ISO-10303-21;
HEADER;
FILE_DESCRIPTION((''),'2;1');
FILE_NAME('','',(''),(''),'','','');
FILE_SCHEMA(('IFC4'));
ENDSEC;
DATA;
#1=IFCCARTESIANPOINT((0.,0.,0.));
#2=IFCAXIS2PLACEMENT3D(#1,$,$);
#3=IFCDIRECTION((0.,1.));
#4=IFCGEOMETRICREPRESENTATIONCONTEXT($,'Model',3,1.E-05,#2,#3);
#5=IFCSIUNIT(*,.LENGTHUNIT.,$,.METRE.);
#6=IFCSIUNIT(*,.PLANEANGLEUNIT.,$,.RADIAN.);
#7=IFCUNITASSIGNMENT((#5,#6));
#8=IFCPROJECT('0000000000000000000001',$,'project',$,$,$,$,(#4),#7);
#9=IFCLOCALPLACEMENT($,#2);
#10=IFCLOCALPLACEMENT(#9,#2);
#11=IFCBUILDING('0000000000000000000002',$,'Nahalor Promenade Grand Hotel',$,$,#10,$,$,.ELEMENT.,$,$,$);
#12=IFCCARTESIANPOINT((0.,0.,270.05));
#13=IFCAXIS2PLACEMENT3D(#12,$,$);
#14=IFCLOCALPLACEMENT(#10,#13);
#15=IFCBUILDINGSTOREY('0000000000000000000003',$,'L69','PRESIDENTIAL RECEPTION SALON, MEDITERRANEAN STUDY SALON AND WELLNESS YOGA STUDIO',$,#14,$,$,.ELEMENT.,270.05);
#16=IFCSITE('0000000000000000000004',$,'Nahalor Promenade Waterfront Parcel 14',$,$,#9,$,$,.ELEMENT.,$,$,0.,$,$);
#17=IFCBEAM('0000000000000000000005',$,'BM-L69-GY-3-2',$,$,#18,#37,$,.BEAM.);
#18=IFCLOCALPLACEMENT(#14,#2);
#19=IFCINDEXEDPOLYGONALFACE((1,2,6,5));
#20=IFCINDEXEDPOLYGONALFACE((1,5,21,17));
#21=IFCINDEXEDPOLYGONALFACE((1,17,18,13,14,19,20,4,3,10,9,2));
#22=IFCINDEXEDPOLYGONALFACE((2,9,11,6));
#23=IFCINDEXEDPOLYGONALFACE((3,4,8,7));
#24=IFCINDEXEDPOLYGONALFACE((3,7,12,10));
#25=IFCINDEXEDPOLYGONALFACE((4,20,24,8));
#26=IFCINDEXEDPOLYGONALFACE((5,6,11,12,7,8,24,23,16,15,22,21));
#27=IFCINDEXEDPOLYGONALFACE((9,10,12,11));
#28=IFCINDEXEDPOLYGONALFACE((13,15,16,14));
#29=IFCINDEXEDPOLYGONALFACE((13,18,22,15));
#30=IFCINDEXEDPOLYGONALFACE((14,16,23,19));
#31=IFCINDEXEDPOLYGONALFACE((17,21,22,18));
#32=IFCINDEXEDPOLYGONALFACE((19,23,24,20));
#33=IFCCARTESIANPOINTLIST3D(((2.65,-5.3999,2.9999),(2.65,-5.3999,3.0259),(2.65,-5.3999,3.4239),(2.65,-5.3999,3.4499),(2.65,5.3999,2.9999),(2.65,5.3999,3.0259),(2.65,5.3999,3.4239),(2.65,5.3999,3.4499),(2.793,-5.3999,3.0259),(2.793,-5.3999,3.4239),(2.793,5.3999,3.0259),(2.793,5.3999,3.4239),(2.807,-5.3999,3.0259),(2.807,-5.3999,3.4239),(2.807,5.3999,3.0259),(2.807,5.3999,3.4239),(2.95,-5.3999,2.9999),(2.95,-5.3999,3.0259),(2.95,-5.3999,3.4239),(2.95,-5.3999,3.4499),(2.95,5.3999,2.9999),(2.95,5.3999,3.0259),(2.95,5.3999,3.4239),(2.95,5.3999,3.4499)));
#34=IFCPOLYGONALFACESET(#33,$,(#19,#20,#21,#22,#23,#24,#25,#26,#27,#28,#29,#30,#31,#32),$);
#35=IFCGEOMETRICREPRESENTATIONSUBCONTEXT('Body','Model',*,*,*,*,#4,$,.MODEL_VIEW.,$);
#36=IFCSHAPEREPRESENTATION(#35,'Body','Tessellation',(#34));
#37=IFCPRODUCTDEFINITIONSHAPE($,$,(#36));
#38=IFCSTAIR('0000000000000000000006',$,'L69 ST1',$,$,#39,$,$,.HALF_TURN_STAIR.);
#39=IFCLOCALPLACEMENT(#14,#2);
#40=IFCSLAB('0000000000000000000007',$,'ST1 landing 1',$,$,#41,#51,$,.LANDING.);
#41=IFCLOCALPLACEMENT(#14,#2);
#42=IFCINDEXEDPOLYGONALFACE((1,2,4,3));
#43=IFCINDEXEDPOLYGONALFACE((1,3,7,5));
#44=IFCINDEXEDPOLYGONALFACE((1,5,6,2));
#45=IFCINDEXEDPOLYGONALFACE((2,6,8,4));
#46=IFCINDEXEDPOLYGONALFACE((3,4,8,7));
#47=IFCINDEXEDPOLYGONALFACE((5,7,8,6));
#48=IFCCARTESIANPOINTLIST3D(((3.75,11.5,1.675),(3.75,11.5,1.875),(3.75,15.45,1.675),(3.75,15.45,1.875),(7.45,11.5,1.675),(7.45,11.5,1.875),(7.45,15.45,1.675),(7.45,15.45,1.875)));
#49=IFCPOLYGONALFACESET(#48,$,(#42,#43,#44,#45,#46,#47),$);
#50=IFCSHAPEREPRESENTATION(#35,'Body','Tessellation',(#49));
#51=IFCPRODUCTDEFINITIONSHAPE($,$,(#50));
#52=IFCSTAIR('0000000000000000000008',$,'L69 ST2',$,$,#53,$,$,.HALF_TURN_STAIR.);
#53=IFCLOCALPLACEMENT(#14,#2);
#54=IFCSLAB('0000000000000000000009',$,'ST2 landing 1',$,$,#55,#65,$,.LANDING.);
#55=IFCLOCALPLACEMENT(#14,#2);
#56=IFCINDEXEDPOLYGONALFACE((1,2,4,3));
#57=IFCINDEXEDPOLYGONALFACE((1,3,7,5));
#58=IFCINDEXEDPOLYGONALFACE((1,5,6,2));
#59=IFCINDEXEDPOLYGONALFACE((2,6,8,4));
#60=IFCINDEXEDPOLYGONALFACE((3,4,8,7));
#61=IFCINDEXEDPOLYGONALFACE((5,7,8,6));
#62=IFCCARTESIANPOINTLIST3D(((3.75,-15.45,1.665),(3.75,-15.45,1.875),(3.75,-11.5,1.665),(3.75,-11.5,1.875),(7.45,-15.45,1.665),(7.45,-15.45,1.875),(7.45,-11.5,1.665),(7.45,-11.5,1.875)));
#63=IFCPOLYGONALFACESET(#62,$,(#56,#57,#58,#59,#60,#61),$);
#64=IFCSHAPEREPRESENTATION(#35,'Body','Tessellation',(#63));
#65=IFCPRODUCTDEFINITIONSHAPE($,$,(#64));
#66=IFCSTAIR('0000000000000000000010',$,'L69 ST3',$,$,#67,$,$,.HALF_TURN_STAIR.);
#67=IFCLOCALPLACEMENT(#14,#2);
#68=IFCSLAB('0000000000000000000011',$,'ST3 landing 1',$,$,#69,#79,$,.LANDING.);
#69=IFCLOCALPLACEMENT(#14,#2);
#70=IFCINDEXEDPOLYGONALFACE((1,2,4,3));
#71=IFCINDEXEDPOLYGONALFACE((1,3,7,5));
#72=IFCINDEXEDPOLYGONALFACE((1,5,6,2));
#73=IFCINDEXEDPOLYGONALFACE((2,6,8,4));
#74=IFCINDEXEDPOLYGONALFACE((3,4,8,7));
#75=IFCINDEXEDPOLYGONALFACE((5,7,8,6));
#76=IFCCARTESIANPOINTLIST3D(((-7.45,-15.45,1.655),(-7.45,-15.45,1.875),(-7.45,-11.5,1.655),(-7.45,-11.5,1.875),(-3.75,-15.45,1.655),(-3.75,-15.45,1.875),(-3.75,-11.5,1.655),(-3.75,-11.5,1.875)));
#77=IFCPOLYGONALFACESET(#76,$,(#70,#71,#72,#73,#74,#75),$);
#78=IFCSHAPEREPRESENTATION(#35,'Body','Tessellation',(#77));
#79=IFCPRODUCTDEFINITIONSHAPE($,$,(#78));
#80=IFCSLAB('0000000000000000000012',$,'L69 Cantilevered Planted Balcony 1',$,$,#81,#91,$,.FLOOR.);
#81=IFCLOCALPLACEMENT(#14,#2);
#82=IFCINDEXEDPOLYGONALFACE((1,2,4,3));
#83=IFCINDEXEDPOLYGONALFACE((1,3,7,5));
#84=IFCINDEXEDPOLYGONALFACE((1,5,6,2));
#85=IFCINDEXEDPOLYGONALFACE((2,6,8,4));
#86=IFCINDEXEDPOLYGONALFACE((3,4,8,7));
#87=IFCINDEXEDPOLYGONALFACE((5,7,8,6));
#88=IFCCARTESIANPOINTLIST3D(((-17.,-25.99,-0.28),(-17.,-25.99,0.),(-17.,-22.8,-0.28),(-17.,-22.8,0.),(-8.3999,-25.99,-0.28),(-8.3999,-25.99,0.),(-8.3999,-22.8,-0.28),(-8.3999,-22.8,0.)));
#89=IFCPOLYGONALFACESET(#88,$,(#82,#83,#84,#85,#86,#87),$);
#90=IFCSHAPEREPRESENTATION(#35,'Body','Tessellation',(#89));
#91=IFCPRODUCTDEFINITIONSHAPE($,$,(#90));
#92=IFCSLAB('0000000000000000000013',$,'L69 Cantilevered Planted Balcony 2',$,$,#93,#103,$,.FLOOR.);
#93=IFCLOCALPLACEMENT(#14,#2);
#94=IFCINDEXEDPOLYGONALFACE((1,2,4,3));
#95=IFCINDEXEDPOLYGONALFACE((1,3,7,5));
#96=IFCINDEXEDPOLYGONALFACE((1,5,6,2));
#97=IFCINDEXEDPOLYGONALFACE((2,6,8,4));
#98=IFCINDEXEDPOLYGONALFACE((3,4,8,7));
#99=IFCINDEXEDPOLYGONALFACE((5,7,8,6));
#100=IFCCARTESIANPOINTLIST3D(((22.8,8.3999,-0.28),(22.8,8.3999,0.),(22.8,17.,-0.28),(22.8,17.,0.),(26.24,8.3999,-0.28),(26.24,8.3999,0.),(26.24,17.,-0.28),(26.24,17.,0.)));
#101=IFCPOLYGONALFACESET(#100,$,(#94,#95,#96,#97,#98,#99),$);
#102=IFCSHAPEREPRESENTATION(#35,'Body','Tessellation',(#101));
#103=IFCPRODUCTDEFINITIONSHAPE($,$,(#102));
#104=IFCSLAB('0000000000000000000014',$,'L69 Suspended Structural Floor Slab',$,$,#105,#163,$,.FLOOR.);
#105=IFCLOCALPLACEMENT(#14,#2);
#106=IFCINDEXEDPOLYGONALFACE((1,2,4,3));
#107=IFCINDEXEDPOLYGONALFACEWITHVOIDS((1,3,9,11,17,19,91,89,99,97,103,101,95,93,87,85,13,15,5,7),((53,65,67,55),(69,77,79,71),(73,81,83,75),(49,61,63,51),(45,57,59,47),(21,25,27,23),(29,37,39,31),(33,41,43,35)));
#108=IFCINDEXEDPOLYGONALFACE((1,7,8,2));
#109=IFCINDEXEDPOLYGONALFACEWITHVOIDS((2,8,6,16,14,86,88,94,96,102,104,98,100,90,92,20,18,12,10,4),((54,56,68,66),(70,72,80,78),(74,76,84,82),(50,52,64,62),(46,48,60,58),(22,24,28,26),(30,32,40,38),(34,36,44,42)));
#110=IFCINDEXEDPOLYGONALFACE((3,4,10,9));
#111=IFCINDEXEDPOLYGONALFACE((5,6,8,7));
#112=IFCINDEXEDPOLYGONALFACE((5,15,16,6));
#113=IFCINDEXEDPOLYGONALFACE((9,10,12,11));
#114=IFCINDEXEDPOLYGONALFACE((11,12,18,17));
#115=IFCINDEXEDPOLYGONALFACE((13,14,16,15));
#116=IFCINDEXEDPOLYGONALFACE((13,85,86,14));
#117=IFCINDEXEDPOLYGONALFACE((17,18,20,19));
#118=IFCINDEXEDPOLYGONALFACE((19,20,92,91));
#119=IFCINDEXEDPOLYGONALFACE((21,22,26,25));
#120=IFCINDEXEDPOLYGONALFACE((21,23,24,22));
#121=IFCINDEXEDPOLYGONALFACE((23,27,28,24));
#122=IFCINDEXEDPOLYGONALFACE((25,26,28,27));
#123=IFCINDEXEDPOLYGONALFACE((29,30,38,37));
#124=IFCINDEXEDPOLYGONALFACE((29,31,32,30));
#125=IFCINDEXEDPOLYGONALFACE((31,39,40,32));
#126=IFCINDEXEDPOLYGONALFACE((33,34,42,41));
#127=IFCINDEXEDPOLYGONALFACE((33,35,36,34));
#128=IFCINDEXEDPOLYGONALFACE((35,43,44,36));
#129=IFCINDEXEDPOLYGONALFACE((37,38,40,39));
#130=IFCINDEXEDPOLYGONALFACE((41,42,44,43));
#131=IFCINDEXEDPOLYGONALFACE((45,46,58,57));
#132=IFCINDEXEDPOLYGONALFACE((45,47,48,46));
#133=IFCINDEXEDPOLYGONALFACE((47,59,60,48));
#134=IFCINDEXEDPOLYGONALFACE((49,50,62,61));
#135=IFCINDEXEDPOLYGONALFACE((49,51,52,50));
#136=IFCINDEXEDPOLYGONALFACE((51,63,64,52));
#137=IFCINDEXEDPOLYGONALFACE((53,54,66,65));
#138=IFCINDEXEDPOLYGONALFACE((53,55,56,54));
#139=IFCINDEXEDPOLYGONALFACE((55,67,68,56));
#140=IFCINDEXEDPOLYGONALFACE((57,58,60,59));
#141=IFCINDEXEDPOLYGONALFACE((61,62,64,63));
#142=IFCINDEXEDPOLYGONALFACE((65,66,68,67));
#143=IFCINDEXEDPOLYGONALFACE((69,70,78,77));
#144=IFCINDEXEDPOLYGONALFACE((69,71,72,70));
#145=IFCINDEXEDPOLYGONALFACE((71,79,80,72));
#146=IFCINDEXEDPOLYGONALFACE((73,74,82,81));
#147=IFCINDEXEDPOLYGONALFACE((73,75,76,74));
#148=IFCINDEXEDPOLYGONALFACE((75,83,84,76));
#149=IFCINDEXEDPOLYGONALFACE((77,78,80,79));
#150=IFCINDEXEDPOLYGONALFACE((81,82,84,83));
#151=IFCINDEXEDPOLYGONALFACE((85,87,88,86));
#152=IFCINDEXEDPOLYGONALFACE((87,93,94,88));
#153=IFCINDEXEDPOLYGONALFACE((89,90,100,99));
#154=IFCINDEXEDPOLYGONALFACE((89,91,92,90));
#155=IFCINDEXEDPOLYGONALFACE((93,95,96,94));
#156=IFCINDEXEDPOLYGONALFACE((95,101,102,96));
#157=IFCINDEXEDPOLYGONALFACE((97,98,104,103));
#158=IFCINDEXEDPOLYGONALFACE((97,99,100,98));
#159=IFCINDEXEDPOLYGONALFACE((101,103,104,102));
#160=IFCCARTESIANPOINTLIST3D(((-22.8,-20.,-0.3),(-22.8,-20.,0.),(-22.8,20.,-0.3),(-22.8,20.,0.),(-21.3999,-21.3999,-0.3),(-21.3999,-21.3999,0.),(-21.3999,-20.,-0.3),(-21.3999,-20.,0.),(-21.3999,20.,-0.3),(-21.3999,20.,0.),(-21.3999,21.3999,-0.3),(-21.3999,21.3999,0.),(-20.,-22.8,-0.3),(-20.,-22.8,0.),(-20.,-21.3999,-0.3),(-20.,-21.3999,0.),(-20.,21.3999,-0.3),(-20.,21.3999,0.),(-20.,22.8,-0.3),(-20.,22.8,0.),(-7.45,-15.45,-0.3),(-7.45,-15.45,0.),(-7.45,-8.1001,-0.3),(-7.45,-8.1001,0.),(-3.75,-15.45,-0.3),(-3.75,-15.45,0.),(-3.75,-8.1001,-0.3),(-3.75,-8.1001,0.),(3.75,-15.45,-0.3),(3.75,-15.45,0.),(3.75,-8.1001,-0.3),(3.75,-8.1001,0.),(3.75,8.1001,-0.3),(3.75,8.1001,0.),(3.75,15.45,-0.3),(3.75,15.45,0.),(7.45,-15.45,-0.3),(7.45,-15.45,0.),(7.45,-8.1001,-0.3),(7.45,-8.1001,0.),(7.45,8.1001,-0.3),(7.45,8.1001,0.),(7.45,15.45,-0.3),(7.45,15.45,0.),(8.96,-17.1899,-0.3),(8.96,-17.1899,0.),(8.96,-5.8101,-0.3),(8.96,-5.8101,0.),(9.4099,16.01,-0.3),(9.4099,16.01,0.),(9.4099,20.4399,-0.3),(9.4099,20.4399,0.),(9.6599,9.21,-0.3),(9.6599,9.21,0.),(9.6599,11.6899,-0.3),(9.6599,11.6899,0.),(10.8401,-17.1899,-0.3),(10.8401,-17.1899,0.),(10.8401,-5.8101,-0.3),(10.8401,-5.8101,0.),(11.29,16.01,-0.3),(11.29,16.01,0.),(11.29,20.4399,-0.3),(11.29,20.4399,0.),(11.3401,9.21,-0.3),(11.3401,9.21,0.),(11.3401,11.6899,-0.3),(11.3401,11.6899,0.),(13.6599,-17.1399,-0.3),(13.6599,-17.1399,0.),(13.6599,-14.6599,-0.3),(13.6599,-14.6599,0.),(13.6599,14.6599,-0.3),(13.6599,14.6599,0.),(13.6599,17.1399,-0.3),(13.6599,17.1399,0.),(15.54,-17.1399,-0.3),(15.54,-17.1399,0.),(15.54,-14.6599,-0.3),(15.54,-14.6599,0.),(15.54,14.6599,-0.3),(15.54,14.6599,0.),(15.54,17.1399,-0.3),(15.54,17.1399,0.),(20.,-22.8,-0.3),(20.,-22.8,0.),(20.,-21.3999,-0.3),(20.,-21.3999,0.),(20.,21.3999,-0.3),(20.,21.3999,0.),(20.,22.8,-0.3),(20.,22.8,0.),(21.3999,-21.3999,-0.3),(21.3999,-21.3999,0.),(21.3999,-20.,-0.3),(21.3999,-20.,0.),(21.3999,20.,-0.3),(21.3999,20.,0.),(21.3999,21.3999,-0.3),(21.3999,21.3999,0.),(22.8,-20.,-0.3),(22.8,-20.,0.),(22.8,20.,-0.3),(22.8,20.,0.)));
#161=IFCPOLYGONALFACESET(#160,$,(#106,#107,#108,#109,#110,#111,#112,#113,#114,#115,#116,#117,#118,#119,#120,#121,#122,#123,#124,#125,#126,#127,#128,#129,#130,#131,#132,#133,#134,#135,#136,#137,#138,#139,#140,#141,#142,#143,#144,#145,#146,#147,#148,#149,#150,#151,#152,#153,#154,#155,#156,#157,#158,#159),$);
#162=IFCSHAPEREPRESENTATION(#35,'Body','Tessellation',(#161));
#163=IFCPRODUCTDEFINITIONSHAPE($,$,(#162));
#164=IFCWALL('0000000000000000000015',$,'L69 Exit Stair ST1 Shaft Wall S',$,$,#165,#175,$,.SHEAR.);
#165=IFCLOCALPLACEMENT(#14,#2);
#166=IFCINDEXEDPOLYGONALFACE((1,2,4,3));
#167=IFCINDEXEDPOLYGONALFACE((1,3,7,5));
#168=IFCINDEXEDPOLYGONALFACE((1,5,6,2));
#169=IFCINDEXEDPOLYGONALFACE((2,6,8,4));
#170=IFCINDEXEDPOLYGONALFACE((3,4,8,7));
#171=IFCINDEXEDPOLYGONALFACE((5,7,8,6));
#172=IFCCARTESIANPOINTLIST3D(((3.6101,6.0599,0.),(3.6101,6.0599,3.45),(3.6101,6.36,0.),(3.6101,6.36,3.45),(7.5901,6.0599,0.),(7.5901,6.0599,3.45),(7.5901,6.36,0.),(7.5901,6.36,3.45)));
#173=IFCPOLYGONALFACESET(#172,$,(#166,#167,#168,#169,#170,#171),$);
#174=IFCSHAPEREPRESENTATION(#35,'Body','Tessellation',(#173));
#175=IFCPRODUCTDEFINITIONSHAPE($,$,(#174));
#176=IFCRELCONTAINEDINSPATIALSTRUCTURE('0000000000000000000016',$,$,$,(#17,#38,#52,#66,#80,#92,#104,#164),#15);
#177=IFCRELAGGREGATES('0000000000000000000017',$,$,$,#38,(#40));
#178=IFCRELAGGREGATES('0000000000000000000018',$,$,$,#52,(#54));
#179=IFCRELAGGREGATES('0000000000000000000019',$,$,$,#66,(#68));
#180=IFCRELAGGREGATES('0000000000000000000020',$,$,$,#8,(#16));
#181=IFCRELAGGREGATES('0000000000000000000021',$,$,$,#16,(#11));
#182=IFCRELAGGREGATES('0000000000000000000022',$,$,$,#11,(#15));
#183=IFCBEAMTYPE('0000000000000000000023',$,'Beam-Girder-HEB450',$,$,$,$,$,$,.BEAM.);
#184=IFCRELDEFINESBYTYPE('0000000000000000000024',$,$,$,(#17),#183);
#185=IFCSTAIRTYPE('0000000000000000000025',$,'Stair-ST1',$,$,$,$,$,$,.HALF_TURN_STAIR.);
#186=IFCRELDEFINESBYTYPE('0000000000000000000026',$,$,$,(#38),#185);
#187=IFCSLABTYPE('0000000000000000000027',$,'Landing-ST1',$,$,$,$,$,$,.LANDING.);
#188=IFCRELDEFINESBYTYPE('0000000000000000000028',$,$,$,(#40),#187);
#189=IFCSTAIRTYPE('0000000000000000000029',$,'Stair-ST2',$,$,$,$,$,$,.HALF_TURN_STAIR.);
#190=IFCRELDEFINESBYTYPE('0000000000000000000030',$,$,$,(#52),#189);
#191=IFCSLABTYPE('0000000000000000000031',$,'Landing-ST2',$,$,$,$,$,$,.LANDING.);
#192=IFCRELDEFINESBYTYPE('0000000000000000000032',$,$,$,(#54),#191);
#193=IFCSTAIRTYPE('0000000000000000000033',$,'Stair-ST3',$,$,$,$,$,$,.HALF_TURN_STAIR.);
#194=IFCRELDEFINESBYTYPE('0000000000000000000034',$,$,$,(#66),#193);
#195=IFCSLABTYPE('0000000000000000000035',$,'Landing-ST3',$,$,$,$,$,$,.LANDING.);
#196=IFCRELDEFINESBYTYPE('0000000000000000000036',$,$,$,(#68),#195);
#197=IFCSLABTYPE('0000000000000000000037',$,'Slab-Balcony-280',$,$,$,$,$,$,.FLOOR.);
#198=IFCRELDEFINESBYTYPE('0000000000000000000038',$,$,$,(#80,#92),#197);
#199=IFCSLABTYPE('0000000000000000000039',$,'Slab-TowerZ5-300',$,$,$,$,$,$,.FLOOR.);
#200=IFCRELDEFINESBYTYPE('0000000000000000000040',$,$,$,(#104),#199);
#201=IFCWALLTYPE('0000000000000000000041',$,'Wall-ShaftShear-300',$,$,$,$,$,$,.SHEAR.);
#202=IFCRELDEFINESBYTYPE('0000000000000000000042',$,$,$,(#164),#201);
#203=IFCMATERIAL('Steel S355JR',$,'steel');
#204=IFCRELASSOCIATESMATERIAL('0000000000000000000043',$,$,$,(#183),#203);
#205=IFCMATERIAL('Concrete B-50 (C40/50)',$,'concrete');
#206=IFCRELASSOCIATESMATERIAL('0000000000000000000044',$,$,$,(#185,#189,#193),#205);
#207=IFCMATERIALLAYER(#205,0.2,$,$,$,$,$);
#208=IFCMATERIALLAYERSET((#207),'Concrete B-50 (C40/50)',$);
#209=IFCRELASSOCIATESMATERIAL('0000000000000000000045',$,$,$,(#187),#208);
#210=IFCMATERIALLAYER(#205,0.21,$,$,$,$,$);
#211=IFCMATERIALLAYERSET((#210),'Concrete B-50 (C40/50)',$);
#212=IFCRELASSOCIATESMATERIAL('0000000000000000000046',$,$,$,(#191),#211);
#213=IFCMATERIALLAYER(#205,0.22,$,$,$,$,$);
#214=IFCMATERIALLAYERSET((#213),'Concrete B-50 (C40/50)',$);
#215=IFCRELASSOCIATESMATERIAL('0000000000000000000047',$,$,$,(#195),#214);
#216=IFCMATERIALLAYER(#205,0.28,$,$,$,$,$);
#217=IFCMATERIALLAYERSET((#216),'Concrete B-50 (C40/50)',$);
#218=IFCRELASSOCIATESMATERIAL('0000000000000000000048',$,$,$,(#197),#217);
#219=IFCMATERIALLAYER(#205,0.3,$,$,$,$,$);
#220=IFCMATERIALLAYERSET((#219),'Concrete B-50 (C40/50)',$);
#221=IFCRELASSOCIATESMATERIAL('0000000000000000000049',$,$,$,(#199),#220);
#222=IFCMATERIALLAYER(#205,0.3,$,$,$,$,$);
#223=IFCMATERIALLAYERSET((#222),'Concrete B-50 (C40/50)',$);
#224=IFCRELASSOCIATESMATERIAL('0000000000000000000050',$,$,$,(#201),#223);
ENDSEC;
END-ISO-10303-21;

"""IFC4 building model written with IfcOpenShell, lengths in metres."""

from ifc_helpers import new_model, si_unit, direction, frame, frame_2d, origin, origin_2d, place, context, subcontext, project, spatial, polyline, rectangle, i_section, outline, extrude, source, transform, mapped, material, layer, layer_set, material_profile, profile_set, type_object, element, aggregate, save


model = new_model("IFC4")

# Units and contexts
model_context = context("Model", 3, precision=1e-05, world=origin(), true_north=direction((0.0, 1.0)))
body_context = subcontext(model_context, "Body", "Model", "MODEL_VIEW")
ifc_project = project(units=[si_unit("LENGTHUNIT", "METRE"), si_unit("PLANEANGLEUNIT", "RADIAN")], contexts=[model_context])

# Site, building, storey
site_placement = place(None, origin())
site = spatial("IfcSite", under=ifc_project, at=site_placement, Name="Nahalor Promenade Waterfront Parcel 14", CompositionType="ELEMENT", RefElevation=0.0)
building_placement = place(site_placement, origin())
building = spatial("IfcBuilding", under=site, at=building_placement, Name="Nahalor Promenade Grand Hotel", CompositionType="ELEMENT")
storey_placement = place(building_placement, frame((0.0, 0.0, 270.05)))
storey = spatial("IfcBuildingStorey", under=building, at=storey_placement, Name="L69", Description="PRESIDENTIAL RECEPTION SALON, MEDITERRANEAN STUDY SALON AND WELLNESS YOGA STUDIO", CompositionType="ELEMENT", Elevation=270.05)

# Shared definitions
ifc_material_1 = material(Name="Concrete B-50 (C40/50)", Category="concrete")

# Beam
ifc_material_2 = material(Name="Steel S355JR", Category="steel")
ifc_material_profile_1 = material_profile(ifc_material_2, i_section(OverallWidth=0.3, OverallDepth=0.45, WebThickness=0.014, FlangeThickness=0.026, at=origin_2d()), Name="HEB 450")
ifc_profile_set_1 = profile_set([ifc_material_profile_1], Name="Steel S355JR")
beam_type = type_object("IfcBeamType", Name="Beam-Girder-HEB450", PredefinedType="BEAM", material=ifc_profile_set_1)
shared_shape_1 = source(origin(), body_context, "Body", "SweptSolid", [
    extrude(i_section(OverallWidth=0.3, OverallDepth=0.45, WebThickness=0.014, FlangeThickness=0.026, at=origin_2d()), origin(), (0.0, 0.0, 1.0), 10.7998),
])
for number, where, z_axis, x_axis, name in (
    (1, (2.8, -5.3999, 3.2249), (0.0, 1.0, 0.0), (-1.0, 0.0, 0.0), "BM-L69-GY-3-2"),
):
    element("IfcBeam", number, at=place(storey_placement, frame(where, z_axis=z_axis, x_axis=x_axis)), inside=storey, type_object=beam_type, Name=name, PredefinedType="BEAM", context=body_context, shape_type="MappedRepresentation", body=[
        mapped(shared_shape_1, transform((0.0, 0.0, 0.0), scale=1.0)),
    ])

# Stairs, slabs
stair_type_1 = type_object("IfcStairType", Name="Stair-ST1", PredefinedType="HALF_TURN_STAIR", material=ifc_material_1)
stair_1_placement = place(storey_placement, origin())
stair_1 = element("IfcStair", 2, at=stair_1_placement, inside=storey, type_object=stair_type_1, Name="L69 ST1", PredefinedType="HALF_TURN_STAIR")
ifc_layer_1 = layer(ifc_material_1, 0.2)
ifc_layer_set_1 = layer_set([ifc_layer_1], Name="Concrete B-50 (C40/50)")
slab_type_1 = type_object("IfcSlabType", Name="Landing-ST1", PredefinedType="LANDING", material=ifc_layer_set_1)
slab_1_placement = place(storey_placement, frame((0.0, 0.0, 1.675)))
slab_1 = element("IfcSlab", 3, at=slab_1_placement, type_object=slab_type_1, Name="ST1 landing 1", PredefinedType="LANDING", context=body_context, shape_type="SweptSolid", body=[
    extrude(outline(polyline([(7.45, 11.5), (7.45, 15.45), (3.75, 15.45), (3.75, 11.5), (7.45, 11.5)])), origin(), (0.0, 0.0, 1.0), 0.2),
])
aggregate(stair_1, [slab_1])
stair_type_2 = type_object("IfcStairType", Name="Stair-ST2", PredefinedType="HALF_TURN_STAIR", material=ifc_material_1)
stair_2_placement = place(storey_placement, origin())
stair_2 = element("IfcStair", 4, at=stair_2_placement, inside=storey, type_object=stair_type_2, Name="L69 ST2", PredefinedType="HALF_TURN_STAIR")
ifc_layer_2 = layer(ifc_material_1, 0.21)
ifc_layer_set_2 = layer_set([ifc_layer_2], Name="Concrete B-50 (C40/50)")
slab_type_2 = type_object("IfcSlabType", Name="Landing-ST2", PredefinedType="LANDING", material=ifc_layer_set_2)
slab_2_placement = place(storey_placement, frame((0.0, 0.0, 1.665)))
slab_2 = element("IfcSlab", 5, at=slab_2_placement, type_object=slab_type_2, Name="ST2 landing 1", PredefinedType="LANDING", context=body_context, shape_type="SweptSolid", body=[
    extrude(outline(polyline([(3.75, -11.5), (3.75, -15.45), (7.45, -15.45), (7.45, -11.5), (3.75, -11.5)])), origin(), (0.0, 0.0, 1.0), 0.21),
])
aggregate(stair_2, [slab_2])
stair_type_3 = type_object("IfcStairType", Name="Stair-ST3", PredefinedType="HALF_TURN_STAIR", material=ifc_material_1)
stair_3_placement = place(storey_placement, origin())
stair_3 = element("IfcStair", 6, at=stair_3_placement, inside=storey, type_object=stair_type_3, Name="L69 ST3", PredefinedType="HALF_TURN_STAIR")
ifc_layer_3 = layer(ifc_material_1, 0.22)
ifc_layer_set_3 = layer_set([ifc_layer_3], Name="Concrete B-50 (C40/50)")
slab_type_3 = type_object("IfcSlabType", Name="Landing-ST3", PredefinedType="LANDING", material=ifc_layer_set_3)
slab_3_placement = place(storey_placement, frame((0.0, 0.0, 1.655)))
slab_3 = element("IfcSlab", 7, at=slab_3_placement, type_object=slab_type_3, Name="ST3 landing 1", PredefinedType="LANDING", context=body_context, shape_type="SweptSolid", body=[
    extrude(outline(polyline([(-7.45, -11.5), (-7.45, -15.45), (-3.75, -15.45), (-3.75, -11.5), (-7.45, -11.5)])), origin(), (0.0, 0.0, 1.0), 0.22),
])
aggregate(stair_3, [slab_3])

# Slabs
ifc_layer_4 = layer(ifc_material_1, 0.28)
ifc_layer_set_4 = layer_set([ifc_layer_4], Name="Concrete B-50 (C40/50)")
slab_type_4 = type_object("IfcSlabType", Name="Slab-Balcony-280", PredefinedType="FLOOR", material=ifc_layer_set_4)
slab_4_placement = place(storey_placement, frame((0.0, 0.0, -0.28)))
element("IfcSlab", 8, at=slab_4_placement, inside=storey, type_object=slab_type_4, Name="L69 Cantilevered Planted Balcony 1", PredefinedType="FLOOR", context=body_context, shape_type="SweptSolid", body=[
    extrude(outline(polyline([(-17.0, -25.99), (-8.3999, -25.99), (-8.3999, -22.8), (-17.0, -22.8), (-17.0, -25.99)])), origin(), (0.0, 0.0, 1.0), 0.28),
])
slab_5_placement = place(storey_placement, frame((0.0, 0.0, -0.28)))
element("IfcSlab", 9, at=slab_5_placement, inside=storey, type_object=slab_type_4, Name="L69 Cantilevered Planted Balcony 2", PredefinedType="FLOOR", context=body_context, shape_type="SweptSolid", body=[
    extrude(outline(polyline([(22.8, 8.3999), (26.24, 8.3999), (26.24, 17.0), (22.8, 17.0), (22.8, 8.3999)])), origin(), (0.0, 0.0, 1.0), 0.28),
])
ifc_layer_5 = layer(ifc_material_1, 0.3)
ifc_layer_set_5 = layer_set([ifc_layer_5], Name="Concrete B-50 (C40/50)")
slab_type_5 = type_object("IfcSlabType", Name="Slab-TowerZ5-300", PredefinedType="FLOOR", material=ifc_layer_set_5)
slab_6_placement = place(storey_placement, frame((0.0, 0.0, -0.3)))
element("IfcSlab", 10, at=slab_6_placement, inside=storey, type_object=slab_type_5, Name="L69 Suspended Structural Floor Slab", PredefinedType="FLOOR", context=body_context, shape_type="SweptSolid", body=[
    extrude(outline(polyline([(-20.0, -22.8), (20.0, -22.8), (20.0, -21.3999), (21.3999, -21.3999), (21.3999, -20.0), (22.8, -20.0), (22.8, 20.0), (21.3999, 20.0), (21.3999, 21.3999), (20.0, 21.3999), (20.0, 22.8), (-20.0, 22.8), (-20.0, 21.3999), (-21.3999, 21.3999), (-21.3999, 20.0), (-22.8, 20.0), (-22.8, -20.0), (-21.3999, -20.0), (-21.3999, -21.3999), (-20.0, -21.3999), (-20.0, -22.8)]), holes=[polyline([(3.75, 8.1001), (7.45, 8.1001), (7.45, 15.45), (3.75, 15.45), (3.75, 8.1001)]), polyline([(3.75, -15.45), (7.45, -15.45), (7.45, -8.1001), (3.75, -8.1001), (3.75, -15.45)]), polyline([(-7.45, -15.45), (-3.75, -15.45), (-3.75, -8.1001), (-7.45, -8.1001), (-7.45, -15.45)]), polyline([(8.96, -17.1899), (10.8401, -17.1899), (10.8401, -5.8101), (8.96, -5.8101), (8.96, -17.1899)]), polyline([(9.4099, 16.01), (11.29, 16.01), (11.29, 20.4399), (9.4099, 20.4399), (9.4099, 16.01)]), polyline([(9.6599, 9.21), (11.3401, 9.21), (11.3401, 11.6899), (9.6599, 11.6899), (9.6599, 9.21)]), polyline([(13.6599, 14.6599), (15.54, 14.6599), (15.54, 17.1399), (13.6599, 17.1399), (13.6599, 14.6599)]), polyline([(13.6599, -17.1399), (15.54, -17.1399), (15.54, -14.6599), (13.6599, -14.6599), (13.6599, -17.1399)])]), origin(), (0.0, 0.0, 1.0), 0.3),
])

# Wall
ifc_layer_6 = layer(ifc_material_1, 0.3)
ifc_layer_set_6 = layer_set([ifc_layer_6], Name="Concrete B-50 (C40/50)")
wall_type_1 = type_object("IfcWallType", Name="Wall-ShaftShear-300", PredefinedType="SHEAR", material=ifc_layer_set_6)
shared_shape_2 = source(origin(), body_context, "Body", "SweptSolid", [
    extrude(rectangle(XDim=3.98, YDim=0.3, at=frame_2d((1.99, 0.0))), origin(), (0.0, 0.0, 1.0), 3.45),
])
wall_1_placement = place(storey_placement, frame((3.6101, 6.21, 0.0), z_axis=(0.0, 0.0, 1.0), x_axis=(1.0, 0.0, 0.0)))
element("IfcWall", 11, at=wall_1_placement, inside=storey, type_object=wall_type_1, Name="L69 Exit Stair ST1 Shaft Wall S", PredefinedType="SHEAR", context=body_context, shape_type="MappedRepresentation", body=[
    mapped(shared_shape_2, transform((0.0, 0.0, 0.0), scale=1.0)),
])

save(model, "model.ifc")
